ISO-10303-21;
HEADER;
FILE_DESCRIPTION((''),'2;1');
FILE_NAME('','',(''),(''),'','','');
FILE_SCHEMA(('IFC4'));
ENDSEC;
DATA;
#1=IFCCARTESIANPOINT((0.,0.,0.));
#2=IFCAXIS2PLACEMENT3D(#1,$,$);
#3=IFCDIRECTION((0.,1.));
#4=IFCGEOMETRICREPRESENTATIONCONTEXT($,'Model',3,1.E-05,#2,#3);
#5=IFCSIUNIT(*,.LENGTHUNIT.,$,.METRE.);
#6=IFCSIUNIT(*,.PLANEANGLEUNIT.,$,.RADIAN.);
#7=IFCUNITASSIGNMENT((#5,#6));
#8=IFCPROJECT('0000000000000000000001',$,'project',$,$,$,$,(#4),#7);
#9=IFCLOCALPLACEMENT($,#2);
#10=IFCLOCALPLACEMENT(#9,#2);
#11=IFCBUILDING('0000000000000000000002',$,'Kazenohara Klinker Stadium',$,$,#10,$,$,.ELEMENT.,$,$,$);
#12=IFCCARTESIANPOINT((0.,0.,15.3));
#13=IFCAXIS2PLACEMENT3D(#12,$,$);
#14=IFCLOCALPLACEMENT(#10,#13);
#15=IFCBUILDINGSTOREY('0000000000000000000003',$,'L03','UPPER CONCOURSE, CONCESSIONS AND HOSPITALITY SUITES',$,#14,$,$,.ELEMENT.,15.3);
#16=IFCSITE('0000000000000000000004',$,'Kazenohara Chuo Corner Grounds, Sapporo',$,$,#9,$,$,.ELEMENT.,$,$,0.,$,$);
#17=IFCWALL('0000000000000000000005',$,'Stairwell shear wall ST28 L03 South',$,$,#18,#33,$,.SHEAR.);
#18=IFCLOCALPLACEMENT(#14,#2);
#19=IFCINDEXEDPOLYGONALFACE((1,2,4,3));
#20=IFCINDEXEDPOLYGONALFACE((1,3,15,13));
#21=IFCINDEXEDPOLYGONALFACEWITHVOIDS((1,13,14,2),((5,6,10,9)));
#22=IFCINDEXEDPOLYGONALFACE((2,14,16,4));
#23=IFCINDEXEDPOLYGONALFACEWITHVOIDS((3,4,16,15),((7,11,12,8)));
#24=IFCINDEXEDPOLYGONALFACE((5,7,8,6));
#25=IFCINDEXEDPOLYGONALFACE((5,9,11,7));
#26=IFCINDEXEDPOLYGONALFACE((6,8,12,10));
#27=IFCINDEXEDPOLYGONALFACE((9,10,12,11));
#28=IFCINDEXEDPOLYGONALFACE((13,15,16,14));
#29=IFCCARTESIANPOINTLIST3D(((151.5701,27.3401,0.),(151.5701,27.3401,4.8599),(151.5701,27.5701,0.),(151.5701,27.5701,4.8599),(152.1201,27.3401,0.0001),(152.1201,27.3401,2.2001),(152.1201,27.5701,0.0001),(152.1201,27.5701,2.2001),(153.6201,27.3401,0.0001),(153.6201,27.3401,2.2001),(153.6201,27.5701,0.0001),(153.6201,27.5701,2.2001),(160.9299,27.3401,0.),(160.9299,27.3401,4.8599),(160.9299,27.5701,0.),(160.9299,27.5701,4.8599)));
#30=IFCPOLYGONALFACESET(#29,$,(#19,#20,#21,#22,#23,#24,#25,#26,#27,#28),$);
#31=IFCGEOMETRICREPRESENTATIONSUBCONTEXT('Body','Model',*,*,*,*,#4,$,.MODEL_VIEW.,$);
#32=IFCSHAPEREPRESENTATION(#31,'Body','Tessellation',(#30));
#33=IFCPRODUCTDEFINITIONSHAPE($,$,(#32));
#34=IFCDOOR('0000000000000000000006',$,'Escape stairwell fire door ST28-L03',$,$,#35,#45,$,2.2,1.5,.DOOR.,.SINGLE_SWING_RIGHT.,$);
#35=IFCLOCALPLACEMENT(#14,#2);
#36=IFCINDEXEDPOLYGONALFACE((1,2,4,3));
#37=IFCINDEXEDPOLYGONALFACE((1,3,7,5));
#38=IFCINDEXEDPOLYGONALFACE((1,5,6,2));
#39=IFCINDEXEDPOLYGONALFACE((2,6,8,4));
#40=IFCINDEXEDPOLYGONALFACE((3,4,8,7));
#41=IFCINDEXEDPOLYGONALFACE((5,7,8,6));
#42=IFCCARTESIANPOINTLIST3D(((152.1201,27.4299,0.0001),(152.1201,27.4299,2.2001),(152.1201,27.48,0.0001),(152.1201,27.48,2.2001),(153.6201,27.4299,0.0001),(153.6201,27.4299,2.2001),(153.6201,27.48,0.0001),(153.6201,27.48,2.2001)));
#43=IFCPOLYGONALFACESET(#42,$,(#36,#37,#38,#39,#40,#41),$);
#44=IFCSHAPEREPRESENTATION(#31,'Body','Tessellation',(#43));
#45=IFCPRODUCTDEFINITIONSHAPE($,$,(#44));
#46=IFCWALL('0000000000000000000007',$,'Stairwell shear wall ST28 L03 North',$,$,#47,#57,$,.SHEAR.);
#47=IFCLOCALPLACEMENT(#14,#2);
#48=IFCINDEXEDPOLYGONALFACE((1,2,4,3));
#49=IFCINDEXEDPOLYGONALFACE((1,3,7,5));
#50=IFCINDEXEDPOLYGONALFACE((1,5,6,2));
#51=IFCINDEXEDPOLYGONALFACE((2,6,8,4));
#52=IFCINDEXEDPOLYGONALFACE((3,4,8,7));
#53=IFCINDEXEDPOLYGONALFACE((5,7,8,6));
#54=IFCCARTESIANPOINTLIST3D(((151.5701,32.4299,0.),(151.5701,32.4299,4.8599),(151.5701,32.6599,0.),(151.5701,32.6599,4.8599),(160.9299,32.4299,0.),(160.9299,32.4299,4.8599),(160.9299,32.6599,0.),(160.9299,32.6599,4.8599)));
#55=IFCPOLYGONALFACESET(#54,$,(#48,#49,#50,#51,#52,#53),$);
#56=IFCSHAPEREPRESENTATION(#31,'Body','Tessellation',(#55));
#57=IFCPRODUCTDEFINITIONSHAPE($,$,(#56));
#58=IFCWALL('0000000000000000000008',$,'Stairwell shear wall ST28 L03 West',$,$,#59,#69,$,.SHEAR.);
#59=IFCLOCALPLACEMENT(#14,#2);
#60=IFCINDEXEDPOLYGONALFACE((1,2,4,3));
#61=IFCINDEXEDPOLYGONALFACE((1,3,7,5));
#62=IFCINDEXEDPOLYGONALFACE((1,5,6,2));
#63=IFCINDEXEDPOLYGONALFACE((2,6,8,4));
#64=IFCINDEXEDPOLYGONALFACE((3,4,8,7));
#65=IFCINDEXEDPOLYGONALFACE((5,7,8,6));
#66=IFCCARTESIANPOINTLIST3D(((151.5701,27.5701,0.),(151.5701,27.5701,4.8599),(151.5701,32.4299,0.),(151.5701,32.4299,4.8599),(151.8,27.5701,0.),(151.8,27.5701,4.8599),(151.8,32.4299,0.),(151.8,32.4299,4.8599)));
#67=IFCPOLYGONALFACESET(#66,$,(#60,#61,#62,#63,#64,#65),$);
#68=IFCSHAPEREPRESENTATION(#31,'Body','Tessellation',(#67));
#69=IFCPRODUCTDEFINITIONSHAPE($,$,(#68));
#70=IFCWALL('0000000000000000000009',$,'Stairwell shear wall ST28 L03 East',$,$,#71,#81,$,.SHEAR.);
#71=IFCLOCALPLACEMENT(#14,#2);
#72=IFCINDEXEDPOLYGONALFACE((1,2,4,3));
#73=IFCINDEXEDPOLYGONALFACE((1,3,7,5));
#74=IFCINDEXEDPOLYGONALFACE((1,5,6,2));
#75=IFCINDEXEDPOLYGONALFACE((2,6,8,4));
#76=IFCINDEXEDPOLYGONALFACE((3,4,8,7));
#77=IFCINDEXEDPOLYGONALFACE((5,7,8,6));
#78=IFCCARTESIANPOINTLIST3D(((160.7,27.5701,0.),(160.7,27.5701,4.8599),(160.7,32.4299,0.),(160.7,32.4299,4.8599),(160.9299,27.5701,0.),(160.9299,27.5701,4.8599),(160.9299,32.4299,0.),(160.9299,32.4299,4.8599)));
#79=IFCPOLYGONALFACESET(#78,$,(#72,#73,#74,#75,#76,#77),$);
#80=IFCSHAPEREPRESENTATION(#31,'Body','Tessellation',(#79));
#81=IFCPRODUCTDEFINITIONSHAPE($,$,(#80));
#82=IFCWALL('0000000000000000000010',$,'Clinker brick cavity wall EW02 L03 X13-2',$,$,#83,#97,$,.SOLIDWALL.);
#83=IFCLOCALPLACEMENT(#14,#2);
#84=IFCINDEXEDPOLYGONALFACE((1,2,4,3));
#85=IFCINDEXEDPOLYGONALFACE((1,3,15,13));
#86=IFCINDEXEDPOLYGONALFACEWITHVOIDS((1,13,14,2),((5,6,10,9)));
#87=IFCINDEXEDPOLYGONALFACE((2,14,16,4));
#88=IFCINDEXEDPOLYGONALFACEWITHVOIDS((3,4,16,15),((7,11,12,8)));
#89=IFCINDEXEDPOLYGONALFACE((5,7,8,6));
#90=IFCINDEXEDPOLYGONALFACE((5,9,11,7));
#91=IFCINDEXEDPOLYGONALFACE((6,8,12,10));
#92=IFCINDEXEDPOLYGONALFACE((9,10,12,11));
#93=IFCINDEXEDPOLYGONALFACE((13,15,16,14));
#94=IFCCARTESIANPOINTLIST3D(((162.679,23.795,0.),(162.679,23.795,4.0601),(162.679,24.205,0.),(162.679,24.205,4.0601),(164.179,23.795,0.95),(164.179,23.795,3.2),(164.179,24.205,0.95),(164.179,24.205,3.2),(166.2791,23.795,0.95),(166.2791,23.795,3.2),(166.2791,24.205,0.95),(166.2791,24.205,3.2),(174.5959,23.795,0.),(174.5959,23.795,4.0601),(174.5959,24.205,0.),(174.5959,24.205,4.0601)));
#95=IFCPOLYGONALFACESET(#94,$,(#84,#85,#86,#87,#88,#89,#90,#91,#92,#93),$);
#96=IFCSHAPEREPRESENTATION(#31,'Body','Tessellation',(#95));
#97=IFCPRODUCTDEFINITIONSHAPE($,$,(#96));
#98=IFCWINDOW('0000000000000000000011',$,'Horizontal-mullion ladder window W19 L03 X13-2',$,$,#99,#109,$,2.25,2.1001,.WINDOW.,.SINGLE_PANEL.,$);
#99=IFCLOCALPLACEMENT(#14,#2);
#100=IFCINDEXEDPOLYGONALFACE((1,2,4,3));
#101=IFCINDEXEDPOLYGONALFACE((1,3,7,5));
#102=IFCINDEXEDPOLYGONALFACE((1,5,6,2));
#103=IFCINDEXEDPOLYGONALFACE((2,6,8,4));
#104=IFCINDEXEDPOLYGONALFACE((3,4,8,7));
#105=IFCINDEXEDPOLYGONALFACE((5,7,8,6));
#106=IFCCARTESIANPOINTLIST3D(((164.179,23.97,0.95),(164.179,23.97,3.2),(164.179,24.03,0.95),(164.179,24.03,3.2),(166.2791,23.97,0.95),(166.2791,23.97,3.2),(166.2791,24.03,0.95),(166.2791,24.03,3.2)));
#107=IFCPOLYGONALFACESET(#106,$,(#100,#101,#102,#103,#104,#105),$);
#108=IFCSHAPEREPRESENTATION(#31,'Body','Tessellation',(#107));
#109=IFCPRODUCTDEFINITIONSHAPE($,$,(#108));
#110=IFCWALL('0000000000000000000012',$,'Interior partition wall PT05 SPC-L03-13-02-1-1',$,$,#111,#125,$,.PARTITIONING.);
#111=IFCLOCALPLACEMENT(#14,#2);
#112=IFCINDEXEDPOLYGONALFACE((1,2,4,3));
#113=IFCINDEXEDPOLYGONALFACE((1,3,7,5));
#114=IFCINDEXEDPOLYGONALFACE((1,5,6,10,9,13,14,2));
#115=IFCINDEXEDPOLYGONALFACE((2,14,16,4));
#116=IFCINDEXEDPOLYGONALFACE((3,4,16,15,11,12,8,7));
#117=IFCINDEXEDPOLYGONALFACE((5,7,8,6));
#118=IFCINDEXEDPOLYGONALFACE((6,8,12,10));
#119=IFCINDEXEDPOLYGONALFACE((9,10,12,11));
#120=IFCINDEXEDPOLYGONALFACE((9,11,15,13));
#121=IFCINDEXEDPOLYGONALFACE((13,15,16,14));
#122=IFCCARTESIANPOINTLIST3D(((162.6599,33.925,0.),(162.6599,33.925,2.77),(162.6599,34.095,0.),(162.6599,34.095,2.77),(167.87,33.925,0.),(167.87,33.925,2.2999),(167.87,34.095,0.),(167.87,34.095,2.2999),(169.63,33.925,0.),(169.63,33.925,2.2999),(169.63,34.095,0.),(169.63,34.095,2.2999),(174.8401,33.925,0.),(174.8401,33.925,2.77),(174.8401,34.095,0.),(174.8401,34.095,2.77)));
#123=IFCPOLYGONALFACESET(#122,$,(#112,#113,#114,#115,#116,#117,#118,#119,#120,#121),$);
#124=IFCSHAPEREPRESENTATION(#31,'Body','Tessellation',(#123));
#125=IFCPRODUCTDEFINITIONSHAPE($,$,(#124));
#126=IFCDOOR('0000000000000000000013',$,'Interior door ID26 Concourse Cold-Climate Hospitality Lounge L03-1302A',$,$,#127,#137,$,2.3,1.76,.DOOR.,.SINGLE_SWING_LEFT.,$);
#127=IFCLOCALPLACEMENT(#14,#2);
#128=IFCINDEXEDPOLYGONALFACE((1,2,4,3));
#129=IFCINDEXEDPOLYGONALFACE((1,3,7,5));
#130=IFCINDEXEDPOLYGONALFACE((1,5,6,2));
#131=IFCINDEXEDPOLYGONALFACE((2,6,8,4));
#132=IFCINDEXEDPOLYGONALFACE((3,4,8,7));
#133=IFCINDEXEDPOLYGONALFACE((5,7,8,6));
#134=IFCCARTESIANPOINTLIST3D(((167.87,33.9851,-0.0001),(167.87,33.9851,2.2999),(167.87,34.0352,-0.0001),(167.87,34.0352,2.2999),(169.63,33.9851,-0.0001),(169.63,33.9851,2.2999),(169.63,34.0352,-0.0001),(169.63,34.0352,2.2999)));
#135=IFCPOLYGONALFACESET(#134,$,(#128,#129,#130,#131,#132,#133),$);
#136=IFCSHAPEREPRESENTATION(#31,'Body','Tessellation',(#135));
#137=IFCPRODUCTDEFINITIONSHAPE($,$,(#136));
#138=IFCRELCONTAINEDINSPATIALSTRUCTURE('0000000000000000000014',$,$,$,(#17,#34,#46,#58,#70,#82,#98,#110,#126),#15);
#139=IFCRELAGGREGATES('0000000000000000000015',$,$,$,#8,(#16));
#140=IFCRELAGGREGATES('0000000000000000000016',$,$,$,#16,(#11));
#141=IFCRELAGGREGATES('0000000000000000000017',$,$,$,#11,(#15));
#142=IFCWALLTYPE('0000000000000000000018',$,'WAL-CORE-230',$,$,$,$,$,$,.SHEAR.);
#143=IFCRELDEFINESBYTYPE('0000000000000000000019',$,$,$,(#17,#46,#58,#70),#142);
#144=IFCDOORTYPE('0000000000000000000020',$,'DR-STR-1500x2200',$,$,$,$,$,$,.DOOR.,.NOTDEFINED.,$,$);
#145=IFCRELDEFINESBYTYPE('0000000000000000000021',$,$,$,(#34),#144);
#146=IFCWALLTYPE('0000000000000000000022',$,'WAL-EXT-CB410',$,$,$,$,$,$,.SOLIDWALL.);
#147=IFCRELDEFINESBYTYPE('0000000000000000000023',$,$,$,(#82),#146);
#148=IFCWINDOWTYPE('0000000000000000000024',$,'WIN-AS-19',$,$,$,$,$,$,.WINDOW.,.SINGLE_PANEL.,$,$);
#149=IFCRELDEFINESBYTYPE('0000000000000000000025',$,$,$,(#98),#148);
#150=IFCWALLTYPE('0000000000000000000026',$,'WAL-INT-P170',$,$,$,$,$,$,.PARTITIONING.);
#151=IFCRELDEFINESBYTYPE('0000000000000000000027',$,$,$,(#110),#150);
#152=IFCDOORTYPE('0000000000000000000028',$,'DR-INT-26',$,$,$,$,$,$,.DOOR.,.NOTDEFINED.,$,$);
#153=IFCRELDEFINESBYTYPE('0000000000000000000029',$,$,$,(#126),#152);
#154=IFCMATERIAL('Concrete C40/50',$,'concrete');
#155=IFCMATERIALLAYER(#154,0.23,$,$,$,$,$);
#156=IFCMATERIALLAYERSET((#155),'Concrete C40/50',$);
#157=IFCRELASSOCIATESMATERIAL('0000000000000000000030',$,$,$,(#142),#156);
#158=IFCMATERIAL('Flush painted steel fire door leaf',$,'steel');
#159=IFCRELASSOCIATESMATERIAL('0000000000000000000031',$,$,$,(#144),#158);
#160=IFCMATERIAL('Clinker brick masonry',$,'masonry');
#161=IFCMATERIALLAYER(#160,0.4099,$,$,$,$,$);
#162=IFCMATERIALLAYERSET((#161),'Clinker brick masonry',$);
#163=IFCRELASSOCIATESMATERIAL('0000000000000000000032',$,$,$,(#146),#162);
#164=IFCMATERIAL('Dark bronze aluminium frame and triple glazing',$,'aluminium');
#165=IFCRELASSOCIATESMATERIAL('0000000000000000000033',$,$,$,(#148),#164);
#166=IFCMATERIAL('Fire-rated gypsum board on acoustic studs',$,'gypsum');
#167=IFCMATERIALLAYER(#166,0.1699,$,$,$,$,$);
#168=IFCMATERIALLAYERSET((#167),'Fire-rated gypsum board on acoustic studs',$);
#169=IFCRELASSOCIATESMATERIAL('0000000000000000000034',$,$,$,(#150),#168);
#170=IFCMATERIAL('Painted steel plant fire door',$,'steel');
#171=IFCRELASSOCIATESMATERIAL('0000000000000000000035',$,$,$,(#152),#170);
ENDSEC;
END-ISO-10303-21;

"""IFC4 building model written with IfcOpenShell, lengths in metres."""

from ifc_helpers import new_model, si_unit, direction, frame, frame_2d, origin, place, context, subcontext, project, spatial, rectangle, extrude, material, layer, layer_set, type_object, element, fill, save


model = new_model("IFC4")

# Units and contexts
model_context = context("Model", 3, precision=1e-05, world=origin(), true_north=direction((0.0, 1.0)))
body_context = subcontext(model_context, "Body", "Model", "MODEL_VIEW")
ifc_project = project(units=[si_unit("LENGTHUNIT", "METRE"), si_unit("PLANEANGLEUNIT", "RADIAN")], contexts=[model_context])

# Site, building, storey
site_placement = place(None, origin())
site = spatial("IfcSite", under=ifc_project, at=site_placement, Name="Kazenohara Chuo Corner Grounds, Sapporo", CompositionType="ELEMENT", RefElevation=0.0)
building_placement = place(site_placement, origin())
building = spatial("IfcBuilding", under=site, at=building_placement, Name="Kazenohara Klinker Stadium", CompositionType="ELEMENT")
storey_placement = place(building_placement, frame((0.0, 0.0, 15.3)))
storey = spatial("IfcBuildingStorey", under=building, at=storey_placement, Name="L03", Description="UPPER CONCOURSE, CONCESSIONS AND HOSPITALITY SUITES", CompositionType="ELEMENT", Elevation=15.3)

# Shared definitions
ifc_material_1 = material(Name="Concrete C40/50", Category="concrete")

# Wall, opening, door
ifc_layer_1 = layer(ifc_material_1, 0.23)
ifc_layer_set_1 = layer_set([ifc_layer_1], Name="Concrete C40/50")
wall_type_1 = type_object("IfcWallType", Name="WAL-CORE-230", PredefinedType="SHEAR", material=ifc_layer_set_1)
wall_1_placement = place(storey_placement, frame((151.5701, 27.4551, 0.0), z_axis=(0.0, 0.0, 1.0), x_axis=(1.0, 0.0, 0.0)))
wall_1 = element("IfcWall", 1, at=wall_1_placement, inside=storey, type_object=wall_type_1, Name="Stairwell shear wall ST28 L03 South", PredefinedType="SHEAR", context=body_context, shape_type="SweptSolid", body=[
    extrude(rectangle(XDim=9.3599, YDim=0.23, at=frame_2d((4.6799, 0.0))), origin(), (0.0, 0.0, 1.0), 4.8599),
])
opening_1_placement = place(wall_1_placement, frame((0.55, 0.0, 0.0)))
opening_1 = element("IfcOpeningElement", 2, at=opening_1_placement, cuts=wall_1, PredefinedType="OPENING", context=body_context, shape_type="SweptSolid", body=[
    extrude(rectangle(XDim=1.5, YDim=2.2, at=frame_2d((0.75, 1.1001))), frame((0.0, 0.125, 0.0), z_axis=(0.0, -1.0, 0.0), x_axis=(1.0, 0.0, 0.0)), (0.0, 0.0, 1.0), 0.25),
])
ifc_material_2 = material(Name="Flush painted steel fire door leaf", Category="steel")
door_type_1 = type_object("IfcDoorType", Name="DR-STR-1500x2200", OperationType="NOTDEFINED", PredefinedType="DOOR", material=ifc_material_2)
door_1_placement = place(opening_1_placement, origin())
door_1 = element("IfcDoor", 3, at=door_1_placement, inside=storey, type_object=door_type_1, Name="Escape stairwell fire door ST28-L03", OperationType="SINGLE_SWING_RIGHT", OverallHeight=2.2, OverallWidth=1.5, PredefinedType="DOOR", context=body_context, shape_type="SweptSolid", body=[
    extrude(rectangle(XDim=1.5, YDim=2.2, at=frame_2d((0.75, 1.1001))), frame((0.0, 0.0249, 0.0), z_axis=(0.0, -1.0, 0.0), x_axis=(1.0, 0.0, 0.0)), (0.0, 0.0, 1.0), 0.05),
])
fill(opening_1, door_1)

# Walls
wall_2_placement = place(storey_placement, frame((151.5701, 32.5449, 0.0), z_axis=(0.0, 0.0, 1.0), x_axis=(1.0, 0.0, 0.0)))
element("IfcWall", 4, at=wall_2_placement, inside=storey, type_object=wall_type_1, Name="Stairwell shear wall ST28 L03 North", PredefinedType="SHEAR", context=body_context, shape_type="SweptSolid", body=[
    extrude(rectangle(XDim=9.3599, YDim=0.23, at=frame_2d((4.6799, 0.0))), origin(), (0.0, 0.0, 1.0), 4.8599),
])
for number, where, z_axis, x_axis, name in (
    (5, (151.6851, 27.5701, 0.0), (0.0, 0.0, 1.0), (0.0, 1.0, 0.0), "Stairwell shear wall ST28 L03 West"),
    (6, (160.8149, 27.5701, 0.0), (0.0, 0.0, 1.0), (0.0, 1.0, 0.0), "Stairwell shear wall ST28 L03 East"),
):
    element("IfcWall", number, at=place(storey_placement, frame(where, z_axis=z_axis, x_axis=x_axis)), inside=storey, type_object=wall_type_1, Name=name, PredefinedType="SHEAR", context=body_context, shape_type="SweptSolid", body=[
        extrude(rectangle(XDim=4.8599, YDim=0.23, at=frame_2d((2.4299, 0.0))), origin(), (0.0, 0.0, 1.0), 4.8599),
    ])

# Wall, opening, window
ifc_material_3 = material(Name="Clinker brick masonry", Category="masonry")
ifc_layer_2 = layer(ifc_material_3, 0.4099)
ifc_layer_set_2 = layer_set([ifc_layer_2], Name="Clinker brick masonry")
wall_type_2 = type_object("IfcWallType", Name="WAL-EXT-CB410", PredefinedType="SOLIDWALL", material=ifc_layer_set_2)
wall_3_placement = place(storey_placement, frame((162.679, 24.0, 0.0), z_axis=(0.0, 0.0, 1.0), x_axis=(1.0, 0.0, 0.0)))
wall_3 = element("IfcWall", 7, at=wall_3_placement, inside=storey, type_object=wall_type_2, Name="Clinker brick cavity wall EW02 L03 X13-2", PredefinedType="SOLIDWALL", context=body_context, shape_type="SweptSolid", body=[
    extrude(rectangle(XDim=11.917, YDim=0.4099, at=frame_2d((5.9585, 0.0))), origin(), (0.0, 0.0, 1.0), 4.0601),
])
opening_2_placement = place(wall_3_placement, frame((1.5, 0.0, 0.95)))
opening_2 = element("IfcOpeningElement", 8, at=opening_2_placement, cuts=wall_3, PredefinedType="OPENING", context=body_context, shape_type="SweptSolid", body=[
    extrude(rectangle(XDim=2.1001, YDim=2.25, at=frame_2d((1.05, 1.125))), frame((0.0, 0.2148, 0.0), z_axis=(0.0, -1.0, 0.0), x_axis=(1.0, 0.0, 0.0)), (0.0, 0.0, 1.0), 0.4299),
])
ifc_material_4 = material(Name="Dark bronze aluminium frame and triple glazing", Category="aluminium")
window_type = type_object("IfcWindowType", Name="WIN-AS-19", PartitioningType="SINGLE_PANEL", PredefinedType="WINDOW", material=ifc_material_4)
window_placement = place(opening_2_placement, origin())
window = element("IfcWindow", 9, at=window_placement, inside=storey, type_object=window_type, Name="Horizontal-mullion ladder window W19 L03 X13-2", OverallHeight=2.25, OverallWidth=2.1001, PartitioningType="SINGLE_PANEL", PredefinedType="WINDOW", context=body_context, shape_type="SweptSolid", body=[
    extrude(rectangle(XDim=2.1001, YDim=2.25, at=frame_2d((1.05, 1.125))), frame((0.0, 0.03, 0.0), z_axis=(0.0, -1.0, 0.0), x_axis=(1.0, 0.0, 0.0)), (0.0, 0.0, 1.0), 0.0601),
])
fill(opening_2, window)

# Wall, opening, door
ifc_material_5 = material(Name="Fire-rated gypsum board on acoustic studs", Category="gypsum")
ifc_layer_3 = layer(ifc_material_5, 0.1699)
ifc_layer_set_3 = layer_set([ifc_layer_3], Name="Fire-rated gypsum board on acoustic studs")
wall_type_3 = type_object("IfcWallType", Name="WAL-INT-P170", PredefinedType="PARTITIONING", material=ifc_layer_set_3)
wall_4_placement = place(storey_placement, frame((162.6599, 34.01, 0.0), z_axis=(0.0, 0.0, 1.0), x_axis=(1.0, 0.0, 0.0)))
wall_4 = element("IfcWall", 10, at=wall_4_placement, inside=storey, type_object=wall_type_3, Name="Interior partition wall PT05 SPC-L03-13-02-1-1", PredefinedType="PARTITIONING", context=body_context, shape_type="SweptSolid", body=[
    extrude(rectangle(XDim=12.1802, YDim=0.1699, at=frame_2d((6.0901, 0.0))), origin(), (0.0, 0.0, 1.0), 2.77),
])
opening_3_placement = place(wall_4_placement, frame((6.97, 0.0, 0.0), z_axis=(0.0, 0.0, 1.0), x_axis=(-1.0, 0.0, 0.0)))
opening_3 = element("IfcOpeningElement", 11, at=opening_3_placement, cuts=wall_4, PredefinedType="OPENING", context=body_context, shape_type="SweptSolid", body=[
    extrude(rectangle(XDim=1.76, YDim=2.3, at=frame_2d((0.8799, 1.1499))), frame((0.0, 0.095, 0.0), z_axis=(0.0, -1.0, 0.0), x_axis=(1.0, 0.0, 0.0)), (0.0, 0.0, 1.0), 0.1899),
])
ifc_material_6 = material(Name="Painted steel plant fire door", Category="steel")
door_type_2 = type_object("IfcDoorType", Name="DR-INT-26", OperationType="NOTDEFINED", PredefinedType="DOOR", material=ifc_material_6)
door_2_placement = place(opening_3_placement, origin())
door_2 = element("IfcDoor", 12, at=door_2_placement, inside=storey, type_object=door_type_2, Name="Interior door ID26 Concourse Cold-Climate Hospitality Lounge L03-1302A", OperationType="SINGLE_SWING_LEFT", OverallHeight=2.3, OverallWidth=1.76, PredefinedType="DOOR", context=body_context, shape_type="SweptSolid", body=[
    extrude(rectangle(XDim=1.76, YDim=2.3, at=frame_2d((0.8799, 1.1499))), frame((0.0, 0.0249, 0.0), z_axis=(0.0, -1.0, 0.0), x_axis=(1.0, 0.0, 0.0)), (0.0, 0.0, 1.0), 0.05),
])
fill(opening_3, door_2)

save(model, "model.ifc")
